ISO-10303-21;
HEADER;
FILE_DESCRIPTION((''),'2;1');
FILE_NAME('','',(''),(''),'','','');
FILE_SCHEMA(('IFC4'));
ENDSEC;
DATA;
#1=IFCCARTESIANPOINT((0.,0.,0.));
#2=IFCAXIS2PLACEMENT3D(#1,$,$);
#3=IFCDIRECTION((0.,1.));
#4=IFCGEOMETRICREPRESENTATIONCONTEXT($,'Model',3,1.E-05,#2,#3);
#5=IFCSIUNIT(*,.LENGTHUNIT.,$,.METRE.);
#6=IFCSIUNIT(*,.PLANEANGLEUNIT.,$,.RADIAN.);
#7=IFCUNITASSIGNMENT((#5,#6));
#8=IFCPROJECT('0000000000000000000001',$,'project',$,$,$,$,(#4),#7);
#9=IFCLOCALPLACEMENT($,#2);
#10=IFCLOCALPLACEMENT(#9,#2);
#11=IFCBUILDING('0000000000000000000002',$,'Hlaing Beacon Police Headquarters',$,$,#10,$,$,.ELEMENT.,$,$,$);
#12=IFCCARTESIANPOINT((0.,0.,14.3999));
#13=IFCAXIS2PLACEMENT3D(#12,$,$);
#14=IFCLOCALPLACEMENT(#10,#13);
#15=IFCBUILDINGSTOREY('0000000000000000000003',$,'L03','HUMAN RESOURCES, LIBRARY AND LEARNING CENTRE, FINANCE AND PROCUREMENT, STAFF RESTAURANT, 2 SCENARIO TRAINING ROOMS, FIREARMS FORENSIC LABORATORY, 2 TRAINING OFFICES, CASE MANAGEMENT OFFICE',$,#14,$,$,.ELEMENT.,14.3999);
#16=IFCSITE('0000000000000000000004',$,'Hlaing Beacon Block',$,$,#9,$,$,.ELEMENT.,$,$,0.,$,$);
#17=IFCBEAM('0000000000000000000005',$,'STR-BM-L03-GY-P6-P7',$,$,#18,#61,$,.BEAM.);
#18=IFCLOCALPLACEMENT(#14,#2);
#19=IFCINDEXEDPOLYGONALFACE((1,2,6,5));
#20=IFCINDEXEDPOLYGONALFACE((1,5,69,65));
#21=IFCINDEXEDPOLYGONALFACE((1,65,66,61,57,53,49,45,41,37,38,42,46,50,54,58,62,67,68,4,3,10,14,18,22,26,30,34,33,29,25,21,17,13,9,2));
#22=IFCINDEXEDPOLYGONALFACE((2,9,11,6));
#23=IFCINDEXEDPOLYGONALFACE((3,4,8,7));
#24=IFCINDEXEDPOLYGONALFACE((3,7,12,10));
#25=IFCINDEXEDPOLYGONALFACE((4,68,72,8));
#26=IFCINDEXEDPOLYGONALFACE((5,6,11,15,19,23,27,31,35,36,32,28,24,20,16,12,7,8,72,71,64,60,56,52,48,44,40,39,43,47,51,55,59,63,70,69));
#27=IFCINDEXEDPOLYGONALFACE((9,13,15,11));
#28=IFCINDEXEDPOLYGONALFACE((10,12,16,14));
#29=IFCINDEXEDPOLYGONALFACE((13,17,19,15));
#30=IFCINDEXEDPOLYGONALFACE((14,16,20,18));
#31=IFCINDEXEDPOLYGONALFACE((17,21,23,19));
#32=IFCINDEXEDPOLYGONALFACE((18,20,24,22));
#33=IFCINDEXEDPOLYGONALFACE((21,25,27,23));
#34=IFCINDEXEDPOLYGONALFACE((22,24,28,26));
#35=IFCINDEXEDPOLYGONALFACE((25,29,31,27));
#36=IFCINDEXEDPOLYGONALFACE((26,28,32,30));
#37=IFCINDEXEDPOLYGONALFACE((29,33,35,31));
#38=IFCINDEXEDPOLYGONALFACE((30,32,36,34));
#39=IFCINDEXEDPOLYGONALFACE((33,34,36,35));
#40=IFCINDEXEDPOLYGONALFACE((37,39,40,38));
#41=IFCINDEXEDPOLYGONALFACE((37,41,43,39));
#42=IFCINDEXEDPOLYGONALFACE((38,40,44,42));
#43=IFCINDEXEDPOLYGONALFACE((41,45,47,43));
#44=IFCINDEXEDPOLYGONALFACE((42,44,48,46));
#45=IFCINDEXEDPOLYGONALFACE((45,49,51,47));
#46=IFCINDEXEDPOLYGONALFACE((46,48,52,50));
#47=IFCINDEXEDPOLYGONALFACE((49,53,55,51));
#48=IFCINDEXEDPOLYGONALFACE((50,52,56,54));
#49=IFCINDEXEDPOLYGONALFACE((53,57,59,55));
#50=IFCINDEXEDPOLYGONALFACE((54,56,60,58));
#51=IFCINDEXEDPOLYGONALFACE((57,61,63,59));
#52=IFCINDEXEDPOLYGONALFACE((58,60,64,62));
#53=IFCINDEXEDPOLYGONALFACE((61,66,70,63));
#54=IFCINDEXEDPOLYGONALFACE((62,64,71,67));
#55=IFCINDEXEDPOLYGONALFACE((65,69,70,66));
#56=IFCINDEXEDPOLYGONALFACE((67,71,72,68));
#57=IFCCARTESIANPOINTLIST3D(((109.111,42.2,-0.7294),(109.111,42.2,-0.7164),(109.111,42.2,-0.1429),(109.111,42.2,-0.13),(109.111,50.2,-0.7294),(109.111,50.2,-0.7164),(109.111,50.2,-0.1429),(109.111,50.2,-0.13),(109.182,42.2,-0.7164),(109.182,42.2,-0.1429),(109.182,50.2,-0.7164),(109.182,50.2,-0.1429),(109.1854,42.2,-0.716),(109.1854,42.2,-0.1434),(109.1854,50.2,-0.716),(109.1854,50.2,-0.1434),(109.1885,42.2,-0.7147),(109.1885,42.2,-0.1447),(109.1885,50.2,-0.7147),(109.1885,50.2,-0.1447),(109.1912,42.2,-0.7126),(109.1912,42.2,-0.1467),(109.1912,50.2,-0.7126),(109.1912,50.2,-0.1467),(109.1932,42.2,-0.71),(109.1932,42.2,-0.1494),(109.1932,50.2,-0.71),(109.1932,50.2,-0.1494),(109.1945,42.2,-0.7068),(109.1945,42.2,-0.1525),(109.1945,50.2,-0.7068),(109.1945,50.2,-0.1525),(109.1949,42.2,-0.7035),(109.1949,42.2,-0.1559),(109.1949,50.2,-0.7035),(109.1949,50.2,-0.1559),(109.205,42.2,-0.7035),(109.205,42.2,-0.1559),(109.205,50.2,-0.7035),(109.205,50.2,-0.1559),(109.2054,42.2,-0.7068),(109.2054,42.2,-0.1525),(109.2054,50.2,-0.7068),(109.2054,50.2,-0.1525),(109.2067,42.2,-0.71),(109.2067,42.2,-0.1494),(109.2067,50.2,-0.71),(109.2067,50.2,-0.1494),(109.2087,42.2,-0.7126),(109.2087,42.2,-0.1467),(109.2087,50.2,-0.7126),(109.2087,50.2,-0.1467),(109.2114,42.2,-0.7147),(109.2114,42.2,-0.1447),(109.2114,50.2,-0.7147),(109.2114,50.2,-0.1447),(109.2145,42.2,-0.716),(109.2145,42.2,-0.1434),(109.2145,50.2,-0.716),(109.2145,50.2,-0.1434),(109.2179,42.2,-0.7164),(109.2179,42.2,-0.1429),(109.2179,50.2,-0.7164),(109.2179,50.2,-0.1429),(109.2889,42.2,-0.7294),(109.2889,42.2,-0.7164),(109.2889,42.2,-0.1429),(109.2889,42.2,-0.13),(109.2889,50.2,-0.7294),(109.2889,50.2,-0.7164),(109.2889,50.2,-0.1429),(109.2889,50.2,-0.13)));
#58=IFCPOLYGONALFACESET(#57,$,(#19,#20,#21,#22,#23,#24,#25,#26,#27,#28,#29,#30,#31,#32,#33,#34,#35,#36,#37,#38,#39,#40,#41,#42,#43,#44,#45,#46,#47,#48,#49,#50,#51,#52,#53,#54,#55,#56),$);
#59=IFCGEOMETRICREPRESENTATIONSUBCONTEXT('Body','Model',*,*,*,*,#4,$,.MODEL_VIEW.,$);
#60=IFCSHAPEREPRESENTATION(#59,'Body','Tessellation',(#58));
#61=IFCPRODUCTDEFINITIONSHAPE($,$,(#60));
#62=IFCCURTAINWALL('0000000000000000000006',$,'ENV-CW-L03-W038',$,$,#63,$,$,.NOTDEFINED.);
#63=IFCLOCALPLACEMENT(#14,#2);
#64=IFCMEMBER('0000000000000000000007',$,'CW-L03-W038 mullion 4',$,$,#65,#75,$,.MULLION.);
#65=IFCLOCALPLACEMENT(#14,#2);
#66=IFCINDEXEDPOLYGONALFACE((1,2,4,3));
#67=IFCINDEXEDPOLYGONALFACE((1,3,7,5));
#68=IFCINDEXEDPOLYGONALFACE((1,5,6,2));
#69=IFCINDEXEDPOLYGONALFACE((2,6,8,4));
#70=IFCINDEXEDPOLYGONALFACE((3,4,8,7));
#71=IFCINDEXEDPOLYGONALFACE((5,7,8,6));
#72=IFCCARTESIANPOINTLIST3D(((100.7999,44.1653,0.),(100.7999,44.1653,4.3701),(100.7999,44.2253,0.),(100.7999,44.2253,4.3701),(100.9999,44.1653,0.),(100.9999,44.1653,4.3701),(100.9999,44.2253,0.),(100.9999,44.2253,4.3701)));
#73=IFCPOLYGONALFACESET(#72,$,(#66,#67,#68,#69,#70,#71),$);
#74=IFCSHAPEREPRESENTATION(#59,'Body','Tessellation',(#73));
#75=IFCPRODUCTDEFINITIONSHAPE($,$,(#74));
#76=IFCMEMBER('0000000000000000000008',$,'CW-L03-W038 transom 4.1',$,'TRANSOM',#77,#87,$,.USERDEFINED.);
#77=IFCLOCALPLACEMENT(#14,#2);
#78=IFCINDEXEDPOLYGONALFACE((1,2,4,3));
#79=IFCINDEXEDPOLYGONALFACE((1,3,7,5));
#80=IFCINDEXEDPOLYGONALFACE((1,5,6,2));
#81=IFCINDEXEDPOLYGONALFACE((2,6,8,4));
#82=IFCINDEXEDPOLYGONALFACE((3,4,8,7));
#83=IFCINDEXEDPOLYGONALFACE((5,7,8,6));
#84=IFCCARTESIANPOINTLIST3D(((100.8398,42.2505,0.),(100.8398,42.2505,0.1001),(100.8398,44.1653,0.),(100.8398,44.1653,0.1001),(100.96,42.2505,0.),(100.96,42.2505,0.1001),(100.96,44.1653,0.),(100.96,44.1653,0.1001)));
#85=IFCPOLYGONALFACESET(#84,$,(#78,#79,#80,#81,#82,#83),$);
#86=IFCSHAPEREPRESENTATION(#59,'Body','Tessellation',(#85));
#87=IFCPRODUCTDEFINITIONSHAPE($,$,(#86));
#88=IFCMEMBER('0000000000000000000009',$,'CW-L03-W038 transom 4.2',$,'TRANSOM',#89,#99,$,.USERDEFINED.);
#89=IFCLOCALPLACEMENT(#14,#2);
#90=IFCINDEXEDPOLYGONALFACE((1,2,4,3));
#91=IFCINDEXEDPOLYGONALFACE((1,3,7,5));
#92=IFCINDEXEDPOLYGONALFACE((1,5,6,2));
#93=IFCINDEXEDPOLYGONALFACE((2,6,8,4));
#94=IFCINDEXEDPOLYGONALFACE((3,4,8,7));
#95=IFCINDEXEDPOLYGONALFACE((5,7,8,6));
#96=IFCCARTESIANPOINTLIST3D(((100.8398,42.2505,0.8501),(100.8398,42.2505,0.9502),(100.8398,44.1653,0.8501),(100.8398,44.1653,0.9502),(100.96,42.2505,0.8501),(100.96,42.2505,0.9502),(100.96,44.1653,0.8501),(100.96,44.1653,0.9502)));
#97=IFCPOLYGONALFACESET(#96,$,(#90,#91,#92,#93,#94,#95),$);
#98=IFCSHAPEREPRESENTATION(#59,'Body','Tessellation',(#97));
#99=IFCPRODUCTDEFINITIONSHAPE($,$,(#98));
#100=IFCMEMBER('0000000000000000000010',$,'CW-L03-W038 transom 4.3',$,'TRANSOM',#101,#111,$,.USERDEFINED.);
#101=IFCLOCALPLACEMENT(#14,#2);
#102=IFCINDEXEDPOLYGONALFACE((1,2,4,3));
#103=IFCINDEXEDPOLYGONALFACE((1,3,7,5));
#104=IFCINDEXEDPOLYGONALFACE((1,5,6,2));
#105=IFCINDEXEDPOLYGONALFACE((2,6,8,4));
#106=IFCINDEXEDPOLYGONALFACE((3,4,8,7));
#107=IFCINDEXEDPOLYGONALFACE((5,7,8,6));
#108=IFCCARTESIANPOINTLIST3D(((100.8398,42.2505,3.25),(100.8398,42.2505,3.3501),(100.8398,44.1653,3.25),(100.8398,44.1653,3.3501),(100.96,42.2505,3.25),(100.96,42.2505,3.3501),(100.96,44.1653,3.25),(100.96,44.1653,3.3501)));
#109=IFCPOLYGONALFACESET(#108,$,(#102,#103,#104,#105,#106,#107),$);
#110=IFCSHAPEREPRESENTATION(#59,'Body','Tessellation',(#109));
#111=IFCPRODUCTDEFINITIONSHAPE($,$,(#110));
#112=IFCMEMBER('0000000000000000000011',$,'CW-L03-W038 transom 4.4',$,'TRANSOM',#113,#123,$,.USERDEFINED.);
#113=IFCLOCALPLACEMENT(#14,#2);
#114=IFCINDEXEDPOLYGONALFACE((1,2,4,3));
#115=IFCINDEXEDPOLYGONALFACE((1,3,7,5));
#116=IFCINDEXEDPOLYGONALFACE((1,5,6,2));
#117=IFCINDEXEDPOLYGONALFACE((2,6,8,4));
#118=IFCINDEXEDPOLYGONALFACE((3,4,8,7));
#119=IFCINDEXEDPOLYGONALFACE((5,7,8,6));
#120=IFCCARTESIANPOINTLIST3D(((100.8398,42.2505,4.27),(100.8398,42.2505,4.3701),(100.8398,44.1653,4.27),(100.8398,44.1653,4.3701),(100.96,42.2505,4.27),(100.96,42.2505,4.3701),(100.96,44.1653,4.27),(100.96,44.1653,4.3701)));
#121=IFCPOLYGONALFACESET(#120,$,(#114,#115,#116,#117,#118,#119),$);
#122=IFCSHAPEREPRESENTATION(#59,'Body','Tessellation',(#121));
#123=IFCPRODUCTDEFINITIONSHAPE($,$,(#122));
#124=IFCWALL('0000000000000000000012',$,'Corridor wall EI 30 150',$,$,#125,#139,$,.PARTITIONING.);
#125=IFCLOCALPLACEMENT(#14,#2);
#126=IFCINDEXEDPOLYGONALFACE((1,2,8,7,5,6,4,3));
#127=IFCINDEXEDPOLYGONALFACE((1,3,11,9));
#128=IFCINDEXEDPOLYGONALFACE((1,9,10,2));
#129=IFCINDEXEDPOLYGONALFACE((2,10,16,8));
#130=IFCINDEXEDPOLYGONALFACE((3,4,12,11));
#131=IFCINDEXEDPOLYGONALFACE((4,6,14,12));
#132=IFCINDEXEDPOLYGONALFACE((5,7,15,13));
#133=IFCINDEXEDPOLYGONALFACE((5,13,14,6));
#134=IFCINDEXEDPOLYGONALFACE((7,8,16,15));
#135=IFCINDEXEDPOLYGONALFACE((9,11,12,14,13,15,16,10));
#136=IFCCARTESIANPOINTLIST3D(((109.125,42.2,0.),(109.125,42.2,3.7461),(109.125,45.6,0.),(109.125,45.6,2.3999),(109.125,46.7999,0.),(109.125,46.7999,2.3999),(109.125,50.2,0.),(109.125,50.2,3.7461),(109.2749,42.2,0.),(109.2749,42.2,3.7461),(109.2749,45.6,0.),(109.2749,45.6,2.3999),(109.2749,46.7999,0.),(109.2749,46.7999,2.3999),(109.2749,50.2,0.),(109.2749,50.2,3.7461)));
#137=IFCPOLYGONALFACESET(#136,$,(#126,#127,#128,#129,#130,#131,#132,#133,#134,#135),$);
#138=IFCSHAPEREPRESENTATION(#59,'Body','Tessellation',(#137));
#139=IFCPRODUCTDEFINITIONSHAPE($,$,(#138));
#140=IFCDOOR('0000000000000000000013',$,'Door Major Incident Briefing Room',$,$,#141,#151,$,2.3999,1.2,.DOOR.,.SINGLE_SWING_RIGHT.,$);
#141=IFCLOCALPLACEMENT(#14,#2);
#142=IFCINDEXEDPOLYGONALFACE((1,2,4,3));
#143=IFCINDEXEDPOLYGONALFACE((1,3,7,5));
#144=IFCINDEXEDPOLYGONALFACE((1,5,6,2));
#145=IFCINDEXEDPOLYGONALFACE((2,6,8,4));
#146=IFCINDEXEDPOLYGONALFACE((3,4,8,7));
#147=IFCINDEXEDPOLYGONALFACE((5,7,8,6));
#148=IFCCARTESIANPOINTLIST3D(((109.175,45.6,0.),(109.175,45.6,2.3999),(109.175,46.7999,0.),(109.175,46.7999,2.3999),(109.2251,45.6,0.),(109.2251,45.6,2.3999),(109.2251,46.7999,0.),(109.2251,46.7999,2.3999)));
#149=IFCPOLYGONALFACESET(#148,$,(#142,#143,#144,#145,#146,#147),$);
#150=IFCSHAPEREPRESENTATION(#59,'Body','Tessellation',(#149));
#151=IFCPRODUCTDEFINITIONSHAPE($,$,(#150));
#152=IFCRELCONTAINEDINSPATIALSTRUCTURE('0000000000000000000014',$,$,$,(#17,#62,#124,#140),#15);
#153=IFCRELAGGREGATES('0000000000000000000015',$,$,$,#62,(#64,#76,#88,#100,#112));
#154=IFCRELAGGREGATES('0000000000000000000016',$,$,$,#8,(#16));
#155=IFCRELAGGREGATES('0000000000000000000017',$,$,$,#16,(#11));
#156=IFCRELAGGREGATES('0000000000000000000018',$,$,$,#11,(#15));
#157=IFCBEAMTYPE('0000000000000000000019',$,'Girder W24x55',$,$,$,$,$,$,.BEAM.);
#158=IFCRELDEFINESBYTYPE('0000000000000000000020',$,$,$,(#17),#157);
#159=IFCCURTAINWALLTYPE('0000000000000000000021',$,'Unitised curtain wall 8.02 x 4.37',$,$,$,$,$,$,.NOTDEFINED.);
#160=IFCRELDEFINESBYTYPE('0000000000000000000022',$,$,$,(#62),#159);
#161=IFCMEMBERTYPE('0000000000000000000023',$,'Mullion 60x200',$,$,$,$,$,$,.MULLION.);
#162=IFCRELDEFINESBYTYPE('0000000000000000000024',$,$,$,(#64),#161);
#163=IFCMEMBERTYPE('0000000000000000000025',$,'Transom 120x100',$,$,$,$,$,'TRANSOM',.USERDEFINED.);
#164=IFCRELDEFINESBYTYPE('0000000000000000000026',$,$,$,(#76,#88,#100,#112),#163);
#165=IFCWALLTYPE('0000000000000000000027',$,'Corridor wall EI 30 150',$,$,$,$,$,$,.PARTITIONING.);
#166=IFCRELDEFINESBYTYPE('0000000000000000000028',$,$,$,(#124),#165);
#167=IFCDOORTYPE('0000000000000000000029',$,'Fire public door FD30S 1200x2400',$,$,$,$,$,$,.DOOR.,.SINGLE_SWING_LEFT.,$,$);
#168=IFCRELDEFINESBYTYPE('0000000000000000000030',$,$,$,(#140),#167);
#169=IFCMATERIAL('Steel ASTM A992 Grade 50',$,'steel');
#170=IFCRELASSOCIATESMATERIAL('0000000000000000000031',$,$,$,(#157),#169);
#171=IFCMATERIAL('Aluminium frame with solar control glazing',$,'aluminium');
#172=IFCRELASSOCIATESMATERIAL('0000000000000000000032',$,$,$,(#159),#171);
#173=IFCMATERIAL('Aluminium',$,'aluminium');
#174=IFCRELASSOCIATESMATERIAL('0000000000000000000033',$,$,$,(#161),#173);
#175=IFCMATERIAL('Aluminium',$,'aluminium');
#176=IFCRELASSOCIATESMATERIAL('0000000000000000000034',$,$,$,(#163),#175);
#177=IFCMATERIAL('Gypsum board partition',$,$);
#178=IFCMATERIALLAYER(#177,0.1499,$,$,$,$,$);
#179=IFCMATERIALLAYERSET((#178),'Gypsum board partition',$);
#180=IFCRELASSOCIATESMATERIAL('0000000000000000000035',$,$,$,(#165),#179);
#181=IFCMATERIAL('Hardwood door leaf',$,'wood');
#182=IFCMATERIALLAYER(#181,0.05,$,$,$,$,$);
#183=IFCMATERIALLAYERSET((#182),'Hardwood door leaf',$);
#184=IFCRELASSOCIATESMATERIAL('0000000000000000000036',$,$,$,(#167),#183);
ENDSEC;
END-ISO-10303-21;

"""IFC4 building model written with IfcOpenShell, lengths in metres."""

from ifc_helpers import new_model, si_unit, direction, frame, frame_2d, origin, origin_2d, place, context, subcontext, project, spatial, rectangle, i_section, extrude, material, layer, layer_set, material_profile, profile_set, type_object, element, fill, aggregate, save


model = new_model("IFC4")

# Units and contexts
model_context = context("Model", 3, precision=1e-05, world=origin(), true_north=direction((0.0, 1.0)))
body_context = subcontext(model_context, "Body", "Model", "MODEL_VIEW")
ifc_project = project(units=[si_unit("LENGTHUNIT", "METRE"), si_unit("PLANEANGLEUNIT", "RADIAN")], contexts=[model_context])

# Site, building, storey
site_placement = place(None, origin())
site = spatial("IfcSite", under=ifc_project, at=site_placement, Name="Hlaing Beacon Block", CompositionType="ELEMENT", RefElevation=0.0)
building_placement = place(site_placement, origin())
building = spatial("IfcBuilding", under=site, at=building_placement, Name="Hlaing Beacon Police Headquarters", CompositionType="ELEMENT")
storey_placement = place(building_placement, frame((0.0, 0.0, 14.3999)))
storey = spatial("IfcBuildingStorey", under=building, at=storey_placement, Name="L03", Description="HUMAN RESOURCES, LIBRARY AND LEARNING CENTRE, FINANCE AND PROCUREMENT, STAFF RESTAURANT, 2 SCENARIO TRAINING ROOMS, FIREARMS FORENSIC LABORATORY, 2 TRAINING OFFICES, CASE MANAGEMENT OFFICE", CompositionType="ELEMENT", Elevation=14.3999)

# Beam
ifc_material_1 = material(Name="Steel ASTM A992 Grade 50", Category="steel")
ifc_material_profile_1 = material_profile(ifc_material_1, i_section(OverallWidth=0.178, OverallDepth=0.5994, WebThickness=0.01, FlangeThickness=0.0129, FilletRadius=0.0129, at=origin_2d()), Name="W24x55")
ifc_profile_set_1 = profile_set([ifc_material_profile_1], Name="Steel ASTM A992 Grade 50")
beam_type = type_object("IfcBeamType", Name="Girder W24x55", PredefinedType="BEAM", material=ifc_profile_set_1)
beam_placement = place(storey_placement, frame((109.2, 42.2, -0.4297), z_axis=(0.0, 1.0, 0.0), x_axis=(-1.0, 0.0, 0.0)))
element("IfcBeam", 1, at=beam_placement, inside=storey, type_object=beam_type, Name="STR-BM-L03-GY-P6-P7", PredefinedType="BEAM", context=body_context, shape_type="SweptSolid", body=[
    extrude(i_section(OverallWidth=0.178, OverallDepth=0.5994, WebThickness=0.01, FlangeThickness=0.0129, FilletRadius=0.0129, at=origin_2d()), origin(), (0.0, 0.0, 1.0), 8.0),
])

# Curtain wall, members
ifc_material_2 = material(Name="Aluminium frame with solar control glazing", Category="aluminium")
curtain_wall_type = type_object("IfcCurtainWallType", Name="Unitised curtain wall 8.02 x 4.37", PredefinedType="NOTDEFINED", material=ifc_material_2)
curtain_wall_placement = place(storey_placement, origin())
curtain_wall = element("IfcCurtainWall", 2, at=curtain_wall_placement, inside=storey, type_object=curtain_wall_type, Name="ENV-CW-L03-W038", PredefinedType="NOTDEFINED")
ifc_material_3 = material(Name="Aluminium", Category="aluminium")
ifc_material_profile_2 = material_profile(ifc_material_3, rectangle(XDim=0.2, YDim=0.0601, at=origin_2d()), Name="Mullion 60x200")
ifc_profile_set_2 = profile_set([ifc_material_profile_2], Name="Aluminium")
member_type_1 = type_object("IfcMemberType", Name="Mullion 60x200", PredefinedType="MULLION", material=ifc_profile_set_2)
member_1_placement = place(storey_placement, frame((100.8999, 44.1953, 0.0), z_axis=(0.0, 0.0, 1.0), x_axis=(1.0, 0.0, 0.0)))
member_1 = element("IfcMember", 3, at=member_1_placement, type_object=member_type_1, Name="CW-L03-W038 mullion 4", PredefinedType="MULLION", context=body_context, shape_type="SweptSolid", body=[
    extrude(rectangle(XDim=0.2, YDim=0.0601, at=origin_2d()), origin(), (0.0, 0.0, 1.0), 4.3701),
])
ifc_material_4 = material(Name="Aluminium", Category="aluminium")
ifc_material_profile_3 = material_profile(ifc_material_4, rectangle(XDim=0.1201, YDim=0.1001, at=origin_2d()), Name="Transom 120x100")
ifc_profile_set_3 = profile_set([ifc_material_profile_3], Name="Aluminium")
member_type_2 = type_object("IfcMemberType", Name="Transom 120x100", ElementType="TRANSOM", PredefinedType="USERDEFINED", material=ifc_profile_set_3)
member_2_placement = place(storey_placement, frame((100.8999, 44.1653, 0.05), z_axis=(0.0, -1.0, 0.0), x_axis=(1.0, 0.0, 0.0)))
member_2 = element("IfcMember", 4, at=member_2_placement, type_object=member_type_2, Name="CW-L03-W038 transom 4.1", ObjectType="TRANSOM", PredefinedType="USERDEFINED", context=body_context, shape_type="SweptSolid", body=[
    extrude(rectangle(XDim=0.1201, YDim=0.1001, at=origin_2d()), origin(), (0.0, 0.0, 1.0), 1.9148),
])
member_3_placement = place(storey_placement, frame((100.8999, 44.1653, 0.9001), z_axis=(0.0, -1.0, 0.0), x_axis=(1.0, 0.0, 0.0)))
member_3 = element("IfcMember", 5, at=member_3_placement, type_object=member_type_2, Name="CW-L03-W038 transom 4.2", ObjectType="TRANSOM", PredefinedType="USERDEFINED", context=body_context, shape_type="SweptSolid", body=[
    extrude(rectangle(XDim=0.1201, YDim=0.1001, at=origin_2d()), origin(), (0.0, 0.0, 1.0), 1.9148),
])
member_4_placement = place(storey_placement, frame((100.8999, 44.1653, 3.3), z_axis=(0.0, -1.0, 0.0), x_axis=(1.0, 0.0, 0.0)))
member_4 = element("IfcMember", 6, at=member_4_placement, type_object=member_type_2, Name="CW-L03-W038 transom 4.3", ObjectType="TRANSOM", PredefinedType="USERDEFINED", context=body_context, shape_type="SweptSolid", body=[
    extrude(rectangle(XDim=0.1201, YDim=0.1001, at=origin_2d()), origin(), (0.0, 0.0, 1.0), 1.9148),
])
member_5_placement = place(storey_placement, frame((100.8999, 44.1653, 4.3201), z_axis=(0.0, -1.0, 0.0), x_axis=(1.0, 0.0, 0.0)))
member_5 = element("IfcMember", 7, at=member_5_placement, type_object=member_type_2, Name="CW-L03-W038 transom 4.4", ObjectType="TRANSOM", PredefinedType="USERDEFINED", context=body_context, shape_type="SweptSolid", body=[
    extrude(rectangle(XDim=0.1201, YDim=0.1001, at=origin_2d()), origin(), (0.0, 0.0, 1.0), 1.9148),
])
aggregate(curtain_wall, [member_1, member_2, member_3, member_4, member_5])

# Wall, opening, door
ifc_material_5 = material(Name="Gypsum board partition")
ifc_layer_1 = layer(ifc_material_5, 0.1499)
ifc_layer_set_1 = layer_set([ifc_layer_1], Name="Gypsum board partition")
wall_type_1 = type_object("IfcWallType", Name="Corridor wall EI 30 150", PredefinedType="PARTITIONING", material=ifc_layer_set_1)
wall_1_placement = place(storey_placement, frame((109.2, 42.2, 0.0), z_axis=(0.0, 0.0, 1.0), x_axis=(0.0, 1.0, 0.0)))
wall_1 = element("IfcWall", 8, at=wall_1_placement, inside=storey, type_object=wall_type_1, Name="Corridor wall EI 30 150", PredefinedType="PARTITIONING", context=body_context, shape_type="SweptSolid", body=[
    extrude(rectangle(XDim=8.0, YDim=0.1499, at=frame_2d((4.0, 0.0))), origin(), (0.0, 0.0, 1.0), 3.7461),
])
opening_1_placement = place(wall_1_placement, frame((3.3999, 0.0, 0.0)))
opening_1 = element("IfcOpeningElement", 9, at=opening_1_placement, cuts=wall_1, PredefinedType="OPENING", context=body_context, shape_type="SweptSolid", body=[
    extrude(rectangle(XDim=1.2, YDim=2.3999, at=frame_2d((0.6001, 1.2))), frame((0.0, 0.085, 0.0), z_axis=(0.0, -1.0, 0.0), x_axis=(1.0, 0.0, 0.0)), (0.0, 0.0, 1.0), 0.1699),
])
ifc_material_6 = material(Name="Hardwood door leaf", Category="wood")
ifc_layer_2 = layer(ifc_material_6, 0.05)
ifc_layer_set_2 = layer_set([ifc_layer_2], Name="Hardwood door leaf")
door_type_1 = type_object("IfcDoorType", Name="Fire public door FD30S 1200x2400", OperationType="SINGLE_SWING_LEFT", PredefinedType="DOOR", material=ifc_layer_set_2)
door_1_placement = place(opening_1_placement, origin())
door_1 = element("IfcDoor", 10, at=door_1_placement, inside=storey, type_object=door_type_1, Name="Door Major Incident Briefing Room", OperationType="SINGLE_SWING_RIGHT", OverallHeight=2.3999, OverallWidth=1.2, PredefinedType="DOOR", context=body_context, shape_type="SweptSolid", body=[
    extrude(rectangle(XDim=1.2, YDim=2.3999, at=frame_2d((0.6001, 1.2))), frame((0.0, 0.0249, 0.0), z_axis=(0.0, -1.0, 0.0), x_axis=(1.0, 0.0, 0.0)), (0.0, 0.0, 1.0), 0.05),
])
fill(opening_1, door_1)

save(model, "model.ifc")
